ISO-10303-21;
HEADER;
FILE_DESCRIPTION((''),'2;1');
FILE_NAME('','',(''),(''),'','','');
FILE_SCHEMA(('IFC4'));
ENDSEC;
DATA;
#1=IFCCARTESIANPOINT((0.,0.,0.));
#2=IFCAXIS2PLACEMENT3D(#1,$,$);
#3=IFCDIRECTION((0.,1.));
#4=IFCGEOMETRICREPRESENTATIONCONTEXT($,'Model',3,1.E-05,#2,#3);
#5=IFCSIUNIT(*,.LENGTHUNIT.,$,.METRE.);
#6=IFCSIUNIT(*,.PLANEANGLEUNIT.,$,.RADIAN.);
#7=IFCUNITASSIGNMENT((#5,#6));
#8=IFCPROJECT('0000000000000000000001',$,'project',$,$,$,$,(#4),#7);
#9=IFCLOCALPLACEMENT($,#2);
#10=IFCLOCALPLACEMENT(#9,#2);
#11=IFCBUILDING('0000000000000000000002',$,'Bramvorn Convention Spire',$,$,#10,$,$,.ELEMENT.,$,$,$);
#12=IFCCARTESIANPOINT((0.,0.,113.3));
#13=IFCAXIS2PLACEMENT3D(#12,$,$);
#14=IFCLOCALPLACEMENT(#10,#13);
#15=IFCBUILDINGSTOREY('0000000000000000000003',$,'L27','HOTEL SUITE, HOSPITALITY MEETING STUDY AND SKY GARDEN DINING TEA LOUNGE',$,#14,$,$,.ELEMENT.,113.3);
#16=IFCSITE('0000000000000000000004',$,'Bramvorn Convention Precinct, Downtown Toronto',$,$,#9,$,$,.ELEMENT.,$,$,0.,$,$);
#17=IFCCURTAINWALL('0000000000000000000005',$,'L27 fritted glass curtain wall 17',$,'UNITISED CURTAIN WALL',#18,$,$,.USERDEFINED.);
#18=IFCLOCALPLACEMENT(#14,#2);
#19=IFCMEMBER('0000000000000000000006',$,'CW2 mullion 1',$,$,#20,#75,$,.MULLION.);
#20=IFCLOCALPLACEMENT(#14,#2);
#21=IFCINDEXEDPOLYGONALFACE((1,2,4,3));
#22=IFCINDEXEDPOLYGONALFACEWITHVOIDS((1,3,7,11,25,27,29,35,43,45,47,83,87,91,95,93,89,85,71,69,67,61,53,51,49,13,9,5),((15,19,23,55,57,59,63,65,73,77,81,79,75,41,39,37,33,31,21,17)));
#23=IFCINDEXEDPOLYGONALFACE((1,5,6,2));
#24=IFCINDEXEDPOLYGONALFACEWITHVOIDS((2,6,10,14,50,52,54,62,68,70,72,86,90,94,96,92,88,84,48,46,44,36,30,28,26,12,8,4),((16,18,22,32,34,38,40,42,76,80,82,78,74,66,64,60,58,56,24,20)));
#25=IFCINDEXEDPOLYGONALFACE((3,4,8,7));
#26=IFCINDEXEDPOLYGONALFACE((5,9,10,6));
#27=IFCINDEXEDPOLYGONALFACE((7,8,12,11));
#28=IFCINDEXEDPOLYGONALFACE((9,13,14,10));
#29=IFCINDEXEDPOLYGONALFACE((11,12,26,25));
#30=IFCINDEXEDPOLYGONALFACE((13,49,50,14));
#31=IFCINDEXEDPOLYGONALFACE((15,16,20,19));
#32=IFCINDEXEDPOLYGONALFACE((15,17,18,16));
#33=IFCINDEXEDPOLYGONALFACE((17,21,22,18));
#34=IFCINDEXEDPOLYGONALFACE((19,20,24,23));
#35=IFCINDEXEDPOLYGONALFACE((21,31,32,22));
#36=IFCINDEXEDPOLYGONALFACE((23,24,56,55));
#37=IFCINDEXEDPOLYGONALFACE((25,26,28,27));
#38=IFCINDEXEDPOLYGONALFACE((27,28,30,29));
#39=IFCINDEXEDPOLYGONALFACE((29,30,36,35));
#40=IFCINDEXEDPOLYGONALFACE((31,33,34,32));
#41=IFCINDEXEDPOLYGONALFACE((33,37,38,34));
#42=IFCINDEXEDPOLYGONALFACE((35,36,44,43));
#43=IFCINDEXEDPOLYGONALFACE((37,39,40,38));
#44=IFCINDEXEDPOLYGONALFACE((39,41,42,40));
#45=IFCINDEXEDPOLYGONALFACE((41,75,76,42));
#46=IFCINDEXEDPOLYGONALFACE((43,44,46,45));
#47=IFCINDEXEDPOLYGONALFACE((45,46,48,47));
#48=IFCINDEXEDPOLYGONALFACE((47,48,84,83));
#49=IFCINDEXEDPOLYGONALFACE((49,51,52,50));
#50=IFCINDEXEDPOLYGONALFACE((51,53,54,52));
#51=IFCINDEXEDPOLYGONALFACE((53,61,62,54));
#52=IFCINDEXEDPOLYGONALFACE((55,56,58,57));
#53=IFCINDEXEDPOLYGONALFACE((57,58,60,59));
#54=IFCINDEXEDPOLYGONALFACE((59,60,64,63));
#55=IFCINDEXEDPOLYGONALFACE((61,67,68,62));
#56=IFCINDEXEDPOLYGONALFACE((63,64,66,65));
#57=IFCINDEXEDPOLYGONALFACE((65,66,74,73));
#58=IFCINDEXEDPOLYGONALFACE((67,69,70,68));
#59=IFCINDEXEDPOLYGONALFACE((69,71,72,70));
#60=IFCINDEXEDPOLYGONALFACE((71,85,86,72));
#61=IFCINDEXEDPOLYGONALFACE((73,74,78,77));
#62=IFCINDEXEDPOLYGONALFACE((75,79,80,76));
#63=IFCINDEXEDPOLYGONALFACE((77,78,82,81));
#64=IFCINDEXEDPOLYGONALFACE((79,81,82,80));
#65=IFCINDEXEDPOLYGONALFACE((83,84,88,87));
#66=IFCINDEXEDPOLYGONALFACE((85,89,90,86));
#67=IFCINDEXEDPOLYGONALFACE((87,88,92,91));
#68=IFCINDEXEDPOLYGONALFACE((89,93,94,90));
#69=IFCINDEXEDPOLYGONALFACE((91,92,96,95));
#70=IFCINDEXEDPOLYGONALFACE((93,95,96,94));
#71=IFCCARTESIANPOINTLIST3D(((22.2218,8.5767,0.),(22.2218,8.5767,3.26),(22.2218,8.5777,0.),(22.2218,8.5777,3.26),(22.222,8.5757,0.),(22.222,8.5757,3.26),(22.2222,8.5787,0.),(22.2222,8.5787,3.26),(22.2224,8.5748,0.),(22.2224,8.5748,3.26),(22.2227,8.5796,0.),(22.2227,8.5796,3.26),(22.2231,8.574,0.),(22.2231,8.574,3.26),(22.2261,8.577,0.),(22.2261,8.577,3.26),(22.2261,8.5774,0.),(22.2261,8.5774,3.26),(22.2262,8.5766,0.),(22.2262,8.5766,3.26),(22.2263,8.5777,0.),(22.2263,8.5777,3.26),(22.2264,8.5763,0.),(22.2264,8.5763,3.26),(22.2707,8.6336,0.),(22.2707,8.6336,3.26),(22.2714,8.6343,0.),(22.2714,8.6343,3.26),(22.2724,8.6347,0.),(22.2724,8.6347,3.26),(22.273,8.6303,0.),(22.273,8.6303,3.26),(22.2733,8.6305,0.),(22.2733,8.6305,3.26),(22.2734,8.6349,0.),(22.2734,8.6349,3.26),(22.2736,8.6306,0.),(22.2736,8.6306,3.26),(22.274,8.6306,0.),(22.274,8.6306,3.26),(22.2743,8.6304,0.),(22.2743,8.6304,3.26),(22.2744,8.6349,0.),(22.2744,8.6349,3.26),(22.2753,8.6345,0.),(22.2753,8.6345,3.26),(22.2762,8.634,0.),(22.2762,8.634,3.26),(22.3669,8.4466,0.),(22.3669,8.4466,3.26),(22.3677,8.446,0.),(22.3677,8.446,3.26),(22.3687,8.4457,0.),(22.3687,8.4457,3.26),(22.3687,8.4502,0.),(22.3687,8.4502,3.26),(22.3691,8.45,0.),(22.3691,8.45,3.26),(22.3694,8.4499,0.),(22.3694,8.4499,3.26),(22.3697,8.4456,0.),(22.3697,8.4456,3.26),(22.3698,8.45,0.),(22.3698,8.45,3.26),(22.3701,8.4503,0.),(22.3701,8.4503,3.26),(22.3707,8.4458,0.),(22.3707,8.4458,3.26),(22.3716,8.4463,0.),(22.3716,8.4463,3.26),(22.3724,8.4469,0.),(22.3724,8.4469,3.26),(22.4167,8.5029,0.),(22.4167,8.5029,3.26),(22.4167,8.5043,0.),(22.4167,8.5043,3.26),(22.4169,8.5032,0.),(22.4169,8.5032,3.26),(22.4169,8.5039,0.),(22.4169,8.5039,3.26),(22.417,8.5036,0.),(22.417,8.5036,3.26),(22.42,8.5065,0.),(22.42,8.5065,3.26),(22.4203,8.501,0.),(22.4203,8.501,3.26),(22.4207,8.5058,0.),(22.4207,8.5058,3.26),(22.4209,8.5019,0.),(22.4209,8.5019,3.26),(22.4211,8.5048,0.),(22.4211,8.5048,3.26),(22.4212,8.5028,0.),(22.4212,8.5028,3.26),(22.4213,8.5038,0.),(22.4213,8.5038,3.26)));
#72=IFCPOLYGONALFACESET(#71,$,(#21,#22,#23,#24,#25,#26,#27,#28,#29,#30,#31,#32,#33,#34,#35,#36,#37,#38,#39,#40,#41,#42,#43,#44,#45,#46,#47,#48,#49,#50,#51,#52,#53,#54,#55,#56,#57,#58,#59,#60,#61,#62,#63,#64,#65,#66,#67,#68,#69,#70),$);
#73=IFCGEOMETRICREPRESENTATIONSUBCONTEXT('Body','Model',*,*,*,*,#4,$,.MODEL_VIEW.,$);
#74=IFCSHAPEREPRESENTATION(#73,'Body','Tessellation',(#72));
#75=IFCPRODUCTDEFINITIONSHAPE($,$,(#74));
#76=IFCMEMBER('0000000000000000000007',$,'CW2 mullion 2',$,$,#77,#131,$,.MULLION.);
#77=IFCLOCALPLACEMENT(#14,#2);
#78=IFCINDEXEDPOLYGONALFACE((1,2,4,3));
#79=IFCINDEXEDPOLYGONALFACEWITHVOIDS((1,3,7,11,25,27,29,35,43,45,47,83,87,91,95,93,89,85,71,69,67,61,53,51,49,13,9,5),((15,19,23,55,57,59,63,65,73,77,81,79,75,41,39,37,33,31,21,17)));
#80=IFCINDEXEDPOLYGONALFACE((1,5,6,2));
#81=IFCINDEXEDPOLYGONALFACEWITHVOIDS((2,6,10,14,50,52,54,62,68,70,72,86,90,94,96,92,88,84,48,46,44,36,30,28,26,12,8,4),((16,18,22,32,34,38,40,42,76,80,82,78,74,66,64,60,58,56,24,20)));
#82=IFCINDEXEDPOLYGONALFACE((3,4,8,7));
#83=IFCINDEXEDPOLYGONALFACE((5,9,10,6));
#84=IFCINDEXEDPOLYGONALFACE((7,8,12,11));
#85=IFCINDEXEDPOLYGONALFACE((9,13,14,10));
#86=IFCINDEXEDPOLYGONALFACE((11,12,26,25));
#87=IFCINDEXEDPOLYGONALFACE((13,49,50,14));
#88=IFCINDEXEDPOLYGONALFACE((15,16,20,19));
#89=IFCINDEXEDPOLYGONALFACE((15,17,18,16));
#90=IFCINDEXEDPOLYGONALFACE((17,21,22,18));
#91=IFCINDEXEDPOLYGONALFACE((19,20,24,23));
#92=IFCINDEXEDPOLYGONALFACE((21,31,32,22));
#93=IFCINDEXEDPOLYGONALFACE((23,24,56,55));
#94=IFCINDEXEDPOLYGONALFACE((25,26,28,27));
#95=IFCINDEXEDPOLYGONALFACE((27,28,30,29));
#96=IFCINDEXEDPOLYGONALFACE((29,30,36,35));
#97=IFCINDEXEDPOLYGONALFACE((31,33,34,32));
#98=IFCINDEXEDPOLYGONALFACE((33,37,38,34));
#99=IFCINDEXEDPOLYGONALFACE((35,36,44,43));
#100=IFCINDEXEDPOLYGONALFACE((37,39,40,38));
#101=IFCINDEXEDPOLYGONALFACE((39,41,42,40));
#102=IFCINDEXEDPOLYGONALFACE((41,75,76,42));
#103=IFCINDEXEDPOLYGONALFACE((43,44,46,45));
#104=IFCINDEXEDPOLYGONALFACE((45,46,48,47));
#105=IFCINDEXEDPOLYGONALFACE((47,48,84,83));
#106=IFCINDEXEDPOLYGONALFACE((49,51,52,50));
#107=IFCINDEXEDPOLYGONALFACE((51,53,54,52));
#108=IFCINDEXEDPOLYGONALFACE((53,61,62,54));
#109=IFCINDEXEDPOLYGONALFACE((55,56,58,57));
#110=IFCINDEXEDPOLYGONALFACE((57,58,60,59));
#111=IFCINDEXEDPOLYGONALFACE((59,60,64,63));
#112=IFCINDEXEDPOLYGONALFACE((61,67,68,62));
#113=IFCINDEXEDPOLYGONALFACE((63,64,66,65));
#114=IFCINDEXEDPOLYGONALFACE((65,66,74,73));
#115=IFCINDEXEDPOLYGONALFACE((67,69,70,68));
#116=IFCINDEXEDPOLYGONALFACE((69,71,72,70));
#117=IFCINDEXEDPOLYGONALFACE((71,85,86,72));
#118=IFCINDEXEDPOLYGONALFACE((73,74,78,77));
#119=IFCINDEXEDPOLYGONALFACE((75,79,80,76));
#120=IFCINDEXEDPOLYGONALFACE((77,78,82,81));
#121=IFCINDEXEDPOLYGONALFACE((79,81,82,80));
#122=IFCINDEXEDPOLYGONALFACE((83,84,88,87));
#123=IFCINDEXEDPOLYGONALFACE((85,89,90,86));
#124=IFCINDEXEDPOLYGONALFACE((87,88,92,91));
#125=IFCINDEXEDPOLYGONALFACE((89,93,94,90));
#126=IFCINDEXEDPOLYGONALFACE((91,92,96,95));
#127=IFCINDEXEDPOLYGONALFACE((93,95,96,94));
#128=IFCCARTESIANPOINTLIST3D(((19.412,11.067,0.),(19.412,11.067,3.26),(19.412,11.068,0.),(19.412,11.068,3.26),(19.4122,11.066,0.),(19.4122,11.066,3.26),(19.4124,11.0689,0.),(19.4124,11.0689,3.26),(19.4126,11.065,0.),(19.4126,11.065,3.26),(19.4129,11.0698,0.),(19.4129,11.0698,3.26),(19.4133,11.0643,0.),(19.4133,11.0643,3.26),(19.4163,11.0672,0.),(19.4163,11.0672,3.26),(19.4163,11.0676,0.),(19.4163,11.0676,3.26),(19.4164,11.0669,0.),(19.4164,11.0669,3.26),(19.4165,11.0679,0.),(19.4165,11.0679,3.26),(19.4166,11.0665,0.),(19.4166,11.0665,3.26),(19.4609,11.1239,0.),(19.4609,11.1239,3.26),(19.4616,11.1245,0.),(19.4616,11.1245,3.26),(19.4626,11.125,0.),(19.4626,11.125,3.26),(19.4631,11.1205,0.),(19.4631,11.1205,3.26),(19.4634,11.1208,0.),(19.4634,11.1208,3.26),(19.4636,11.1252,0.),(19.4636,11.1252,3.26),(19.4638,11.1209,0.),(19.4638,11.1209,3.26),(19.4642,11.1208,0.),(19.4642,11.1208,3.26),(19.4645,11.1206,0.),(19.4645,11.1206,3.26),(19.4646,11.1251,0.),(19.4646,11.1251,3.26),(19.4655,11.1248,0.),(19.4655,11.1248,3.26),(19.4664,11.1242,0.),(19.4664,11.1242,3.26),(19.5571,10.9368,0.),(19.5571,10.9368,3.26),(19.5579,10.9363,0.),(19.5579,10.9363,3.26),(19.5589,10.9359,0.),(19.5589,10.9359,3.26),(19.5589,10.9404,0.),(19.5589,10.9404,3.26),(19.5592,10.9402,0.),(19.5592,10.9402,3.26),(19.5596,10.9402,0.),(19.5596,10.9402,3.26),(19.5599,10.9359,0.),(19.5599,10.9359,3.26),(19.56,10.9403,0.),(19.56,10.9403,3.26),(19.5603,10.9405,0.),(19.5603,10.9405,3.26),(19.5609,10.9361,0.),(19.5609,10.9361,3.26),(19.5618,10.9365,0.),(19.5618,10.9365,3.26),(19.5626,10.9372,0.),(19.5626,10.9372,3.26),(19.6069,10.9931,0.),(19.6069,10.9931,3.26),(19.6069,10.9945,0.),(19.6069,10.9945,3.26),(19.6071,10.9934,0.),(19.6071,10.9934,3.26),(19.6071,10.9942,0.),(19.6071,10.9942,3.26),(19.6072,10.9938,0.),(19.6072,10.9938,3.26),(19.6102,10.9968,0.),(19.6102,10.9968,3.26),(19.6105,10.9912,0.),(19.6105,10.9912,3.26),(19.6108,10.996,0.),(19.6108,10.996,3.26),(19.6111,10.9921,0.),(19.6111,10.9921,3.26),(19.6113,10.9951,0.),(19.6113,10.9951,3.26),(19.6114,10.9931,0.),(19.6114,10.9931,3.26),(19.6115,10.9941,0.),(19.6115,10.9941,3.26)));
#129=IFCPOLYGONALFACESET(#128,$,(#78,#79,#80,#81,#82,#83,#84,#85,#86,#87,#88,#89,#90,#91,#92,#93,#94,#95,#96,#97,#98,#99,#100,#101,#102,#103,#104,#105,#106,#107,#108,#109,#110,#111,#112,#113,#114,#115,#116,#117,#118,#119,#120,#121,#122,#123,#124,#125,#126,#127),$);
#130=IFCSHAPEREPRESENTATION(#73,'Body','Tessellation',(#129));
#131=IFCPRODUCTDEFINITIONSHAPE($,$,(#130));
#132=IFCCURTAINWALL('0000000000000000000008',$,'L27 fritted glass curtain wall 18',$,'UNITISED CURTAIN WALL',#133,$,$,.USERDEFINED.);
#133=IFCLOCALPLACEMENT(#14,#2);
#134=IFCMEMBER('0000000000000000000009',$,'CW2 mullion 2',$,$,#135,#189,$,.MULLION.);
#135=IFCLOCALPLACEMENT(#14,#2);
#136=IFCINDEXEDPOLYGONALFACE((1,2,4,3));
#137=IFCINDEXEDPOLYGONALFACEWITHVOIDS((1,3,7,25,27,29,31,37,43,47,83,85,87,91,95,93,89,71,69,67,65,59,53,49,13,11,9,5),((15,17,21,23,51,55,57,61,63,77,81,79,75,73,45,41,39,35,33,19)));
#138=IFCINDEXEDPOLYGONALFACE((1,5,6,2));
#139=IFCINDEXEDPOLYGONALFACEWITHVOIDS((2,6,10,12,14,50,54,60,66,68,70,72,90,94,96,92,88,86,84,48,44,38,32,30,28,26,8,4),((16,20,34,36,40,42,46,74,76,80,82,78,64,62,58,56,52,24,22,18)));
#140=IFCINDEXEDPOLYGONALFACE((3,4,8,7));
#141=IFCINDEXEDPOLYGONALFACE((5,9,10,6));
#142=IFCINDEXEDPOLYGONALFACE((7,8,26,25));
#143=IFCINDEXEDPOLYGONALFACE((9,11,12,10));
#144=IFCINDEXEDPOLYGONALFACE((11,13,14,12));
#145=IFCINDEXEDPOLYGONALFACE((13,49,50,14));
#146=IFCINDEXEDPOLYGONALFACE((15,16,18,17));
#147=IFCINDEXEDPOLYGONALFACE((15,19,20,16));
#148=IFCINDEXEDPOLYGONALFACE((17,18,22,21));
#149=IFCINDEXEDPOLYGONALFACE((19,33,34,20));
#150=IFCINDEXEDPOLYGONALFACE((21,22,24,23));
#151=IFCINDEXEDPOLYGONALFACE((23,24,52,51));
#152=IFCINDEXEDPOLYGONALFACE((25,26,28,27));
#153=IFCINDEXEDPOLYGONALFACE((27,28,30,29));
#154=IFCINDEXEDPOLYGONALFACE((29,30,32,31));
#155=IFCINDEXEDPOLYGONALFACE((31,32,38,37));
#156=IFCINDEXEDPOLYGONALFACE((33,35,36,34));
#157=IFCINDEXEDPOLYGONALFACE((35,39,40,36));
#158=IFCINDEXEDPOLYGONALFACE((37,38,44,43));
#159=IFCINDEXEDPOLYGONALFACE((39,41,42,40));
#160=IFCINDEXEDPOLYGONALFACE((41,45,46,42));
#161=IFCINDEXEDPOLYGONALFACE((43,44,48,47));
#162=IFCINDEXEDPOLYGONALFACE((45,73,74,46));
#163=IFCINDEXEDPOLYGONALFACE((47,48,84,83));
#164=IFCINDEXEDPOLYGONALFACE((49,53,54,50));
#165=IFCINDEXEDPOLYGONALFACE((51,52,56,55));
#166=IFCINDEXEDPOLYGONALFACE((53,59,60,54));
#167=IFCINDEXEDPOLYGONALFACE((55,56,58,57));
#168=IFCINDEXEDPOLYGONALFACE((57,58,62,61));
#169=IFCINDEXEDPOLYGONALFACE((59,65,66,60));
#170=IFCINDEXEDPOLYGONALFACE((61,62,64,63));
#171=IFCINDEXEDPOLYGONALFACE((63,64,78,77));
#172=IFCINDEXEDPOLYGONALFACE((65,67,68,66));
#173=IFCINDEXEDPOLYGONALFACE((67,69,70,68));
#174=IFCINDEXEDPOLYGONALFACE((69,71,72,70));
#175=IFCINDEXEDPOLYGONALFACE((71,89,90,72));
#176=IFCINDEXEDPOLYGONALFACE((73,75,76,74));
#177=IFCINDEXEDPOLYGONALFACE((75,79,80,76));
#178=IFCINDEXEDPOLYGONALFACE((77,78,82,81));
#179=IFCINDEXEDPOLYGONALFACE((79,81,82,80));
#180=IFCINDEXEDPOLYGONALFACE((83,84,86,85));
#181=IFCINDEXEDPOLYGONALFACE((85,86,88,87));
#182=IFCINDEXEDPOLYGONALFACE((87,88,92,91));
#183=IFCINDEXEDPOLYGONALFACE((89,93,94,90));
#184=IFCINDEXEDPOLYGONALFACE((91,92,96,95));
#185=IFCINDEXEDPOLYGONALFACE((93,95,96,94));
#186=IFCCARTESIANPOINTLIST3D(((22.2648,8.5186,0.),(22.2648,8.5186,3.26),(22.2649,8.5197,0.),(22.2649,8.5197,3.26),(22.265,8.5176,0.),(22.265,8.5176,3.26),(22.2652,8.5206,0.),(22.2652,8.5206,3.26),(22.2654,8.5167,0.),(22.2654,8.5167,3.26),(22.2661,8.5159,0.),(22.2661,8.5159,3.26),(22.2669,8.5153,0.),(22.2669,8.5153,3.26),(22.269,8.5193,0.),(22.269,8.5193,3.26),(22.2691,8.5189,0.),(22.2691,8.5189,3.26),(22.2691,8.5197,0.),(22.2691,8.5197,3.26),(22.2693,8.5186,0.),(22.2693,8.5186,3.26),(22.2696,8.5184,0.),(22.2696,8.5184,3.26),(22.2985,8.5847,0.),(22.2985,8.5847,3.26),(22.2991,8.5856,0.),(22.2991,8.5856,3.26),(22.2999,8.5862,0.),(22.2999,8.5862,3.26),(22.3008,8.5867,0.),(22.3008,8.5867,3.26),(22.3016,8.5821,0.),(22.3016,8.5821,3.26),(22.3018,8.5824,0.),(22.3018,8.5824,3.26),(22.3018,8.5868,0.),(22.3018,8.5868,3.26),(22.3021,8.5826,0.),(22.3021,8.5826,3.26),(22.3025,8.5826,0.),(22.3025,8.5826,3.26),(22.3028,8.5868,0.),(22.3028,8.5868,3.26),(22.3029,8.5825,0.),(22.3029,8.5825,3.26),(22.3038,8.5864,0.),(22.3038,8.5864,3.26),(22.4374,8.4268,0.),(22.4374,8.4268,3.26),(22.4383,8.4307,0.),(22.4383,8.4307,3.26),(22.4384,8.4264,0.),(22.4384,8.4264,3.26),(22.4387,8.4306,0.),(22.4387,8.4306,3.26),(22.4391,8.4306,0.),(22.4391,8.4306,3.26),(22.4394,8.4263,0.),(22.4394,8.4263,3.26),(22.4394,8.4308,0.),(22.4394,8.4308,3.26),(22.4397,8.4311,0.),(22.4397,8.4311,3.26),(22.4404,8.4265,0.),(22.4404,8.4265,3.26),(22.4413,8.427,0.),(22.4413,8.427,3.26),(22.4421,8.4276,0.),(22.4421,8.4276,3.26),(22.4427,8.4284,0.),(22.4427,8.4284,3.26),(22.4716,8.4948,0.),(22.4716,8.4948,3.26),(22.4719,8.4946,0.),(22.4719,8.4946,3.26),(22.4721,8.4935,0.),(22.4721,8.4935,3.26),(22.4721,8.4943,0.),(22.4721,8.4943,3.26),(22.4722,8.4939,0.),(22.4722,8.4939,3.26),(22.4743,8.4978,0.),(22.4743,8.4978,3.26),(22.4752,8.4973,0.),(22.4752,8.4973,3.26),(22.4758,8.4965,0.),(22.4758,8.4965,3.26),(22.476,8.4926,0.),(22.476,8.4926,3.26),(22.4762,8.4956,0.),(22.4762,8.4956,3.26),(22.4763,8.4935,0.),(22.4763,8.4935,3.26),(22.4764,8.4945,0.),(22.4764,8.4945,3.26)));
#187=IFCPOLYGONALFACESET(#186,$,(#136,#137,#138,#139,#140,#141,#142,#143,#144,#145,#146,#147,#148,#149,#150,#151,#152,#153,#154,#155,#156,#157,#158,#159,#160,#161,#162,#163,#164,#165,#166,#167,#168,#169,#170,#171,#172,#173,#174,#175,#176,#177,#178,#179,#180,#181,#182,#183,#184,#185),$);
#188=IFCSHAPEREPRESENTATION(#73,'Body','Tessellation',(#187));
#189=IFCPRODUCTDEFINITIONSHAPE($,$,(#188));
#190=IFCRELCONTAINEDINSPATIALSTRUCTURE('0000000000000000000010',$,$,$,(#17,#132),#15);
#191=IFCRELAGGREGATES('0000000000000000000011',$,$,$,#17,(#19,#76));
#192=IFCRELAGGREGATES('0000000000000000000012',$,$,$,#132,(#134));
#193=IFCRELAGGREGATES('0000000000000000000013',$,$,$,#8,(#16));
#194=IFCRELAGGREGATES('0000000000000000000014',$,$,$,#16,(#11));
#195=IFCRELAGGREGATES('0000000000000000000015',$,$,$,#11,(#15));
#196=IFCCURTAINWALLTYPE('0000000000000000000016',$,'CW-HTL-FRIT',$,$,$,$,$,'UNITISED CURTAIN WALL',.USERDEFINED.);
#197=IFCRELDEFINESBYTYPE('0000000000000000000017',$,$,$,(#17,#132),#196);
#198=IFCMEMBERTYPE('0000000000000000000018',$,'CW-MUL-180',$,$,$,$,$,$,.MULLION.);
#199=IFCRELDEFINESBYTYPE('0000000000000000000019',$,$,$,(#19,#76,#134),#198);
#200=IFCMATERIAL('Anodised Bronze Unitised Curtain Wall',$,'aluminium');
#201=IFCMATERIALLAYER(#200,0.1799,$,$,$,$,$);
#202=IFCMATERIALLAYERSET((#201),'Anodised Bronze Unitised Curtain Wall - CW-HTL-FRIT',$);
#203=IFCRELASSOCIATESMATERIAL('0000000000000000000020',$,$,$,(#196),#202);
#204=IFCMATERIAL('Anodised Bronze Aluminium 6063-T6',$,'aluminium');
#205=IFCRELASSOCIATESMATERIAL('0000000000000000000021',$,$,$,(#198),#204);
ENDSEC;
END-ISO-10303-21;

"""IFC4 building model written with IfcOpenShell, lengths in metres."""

from ifc_helpers import new_model, si_unit, direction, frame, origin, origin_2d, place, context, subcontext, project, spatial, hollow_rectangle, extrude, material, layer, layer_set, material_profile, profile_set, type_object, element, aggregate, save


model = new_model("IFC4")

# Units and contexts
model_context = context("Model", 3, precision=1e-05, world=origin(), true_north=direction((0.0, 1.0)))
body_context = subcontext(model_context, "Body", "Model", "MODEL_VIEW")
ifc_project = project(units=[si_unit("LENGTHUNIT", "METRE"), si_unit("PLANEANGLEUNIT", "RADIAN")], contexts=[model_context])

# Site, building, storey
site_placement = place(None, origin())
site = spatial("IfcSite", under=ifc_project, at=site_placement, Name="Bramvorn Convention Precinct, Downtown Toronto", CompositionType="ELEMENT", RefElevation=0.0)
building_placement = place(site_placement, origin())
building = spatial("IfcBuilding", under=site, at=building_placement, Name="Bramvorn Convention Spire", CompositionType="ELEMENT")
storey_placement = place(building_placement, frame((0.0, 0.0, 113.3)))
storey = spatial("IfcBuildingStorey", under=building, at=storey_placement, Name="L27", Description="HOTEL SUITE, HOSPITALITY MEETING STUDY AND SKY GARDEN DINING TEA LOUNGE", CompositionType="ELEMENT", Elevation=113.3)

# Curtain wall, members
ifc_material_1 = material(Name="Anodised Bronze Unitised Curtain Wall", Category="aluminium")
ifc_layer_1 = layer(ifc_material_1, 0.1799)
ifc_layer_set_1 = layer_set([ifc_layer_1], Name="Anodised Bronze Unitised Curtain Wall - CW-HTL-FRIT")
curtain_wall_type = type_object("IfcCurtainWallType", Name="CW-HTL-FRIT", ElementType="UNITISED CURTAIN WALL", PredefinedType="USERDEFINED", material=ifc_layer_set_1)
curtain_wall_1_placement = place(storey_placement, origin())
curtain_wall_1 = element("IfcCurtainWall", 1, at=curtain_wall_1_placement, inside=storey, type_object=curtain_wall_type, Name="L27 fritted glass curtain wall 17", ObjectType="UNITISED CURTAIN WALL", PredefinedType="USERDEFINED")
ifc_material_2 = material(Name="Anodised Bronze Aluminium 6063-T6", Category="aluminium")
ifc_material_profile_1 = material_profile(ifc_material_2, hollow_rectangle(XDim=0.0801, YDim=0.2, WallThickness=0.0039, InnerFilletRadius=0.001, OuterFilletRadius=0.0039, at=origin_2d()))
ifc_profile_set_1 = profile_set([ifc_material_profile_1], Name="Anodised Bronze Aluminium 6063-T6 - CWM80X200")
member_type_1 = type_object("IfcMemberType", Name="CW-MUL-180", PredefinedType="MULLION", material=ifc_profile_set_1)
member_1_placement = place(storey_placement, frame((22.3215, 8.5403, 0.0), z_axis=(0.0, 0.0, 1.0), x_axis=(-0.663271, -0.748379, 0.0)))
member_1 = element("IfcMember", 2, at=member_1_placement, type_object=member_type_1, Name="CW2 mullion 1", PredefinedType="MULLION", context=body_context, shape_type="SweptSolid", body=[
    extrude(hollow_rectangle(XDim=0.0801, YDim=0.2, WallThickness=0.0039, InnerFilletRadius=0.001, OuterFilletRadius=0.0039, at=origin_2d()), origin(), (0.0, 0.0, 1.0), 3.26),
])
member_2_placement = place(storey_placement, frame((19.5117, 11.0305, 0.0), z_axis=(0.0, 0.0, 1.0), x_axis=(-0.663271, -0.748379, 0.0)))
member_2 = element("IfcMember", 3, at=member_2_placement, type_object=member_type_1, Name="CW2 mullion 2", PredefinedType="MULLION", context=body_context, shape_type="SweptSolid", body=[
    extrude(hollow_rectangle(XDim=0.0801, YDim=0.2, WallThickness=0.0039, InnerFilletRadius=0.001, OuterFilletRadius=0.0039, at=origin_2d()), origin(), (0.0, 0.0, 1.0), 3.26),
])

# Curtain wall, member
curtain_wall_2_placement = place(storey_placement, origin())
curtain_wall_2 = element("IfcCurtainWall", 4, at=curtain_wall_2_placement, inside=storey, type_object=curtain_wall_type, Name="L27 fritted glass curtain wall 18", ObjectType="UNITISED CURTAIN WALL", PredefinedType="USERDEFINED")
member_3_placement = place(storey_placement, frame((22.3706, 8.5066, 0.0), z_axis=(0.0, 0.0, 1.0), x_axis=(-0.460939, -0.887432, 0.0)))
member_3 = element("IfcMember", 5, at=member_3_placement, type_object=member_type_1, Name="CW2 mullion 2", PredefinedType="MULLION", context=body_context, shape_type="SweptSolid", body=[
    extrude(hollow_rectangle(XDim=0.0801, YDim=0.2, WallThickness=0.0039, InnerFilletRadius=0.001, OuterFilletRadius=0.0039, at=origin_2d()), origin(), (0.0, 0.0, 1.0), 3.26),
])

aggregate(curtain_wall_1, [member_1, member_2])
aggregate(curtain_wall_2, [member_3])

save(model, "model.ifc")
